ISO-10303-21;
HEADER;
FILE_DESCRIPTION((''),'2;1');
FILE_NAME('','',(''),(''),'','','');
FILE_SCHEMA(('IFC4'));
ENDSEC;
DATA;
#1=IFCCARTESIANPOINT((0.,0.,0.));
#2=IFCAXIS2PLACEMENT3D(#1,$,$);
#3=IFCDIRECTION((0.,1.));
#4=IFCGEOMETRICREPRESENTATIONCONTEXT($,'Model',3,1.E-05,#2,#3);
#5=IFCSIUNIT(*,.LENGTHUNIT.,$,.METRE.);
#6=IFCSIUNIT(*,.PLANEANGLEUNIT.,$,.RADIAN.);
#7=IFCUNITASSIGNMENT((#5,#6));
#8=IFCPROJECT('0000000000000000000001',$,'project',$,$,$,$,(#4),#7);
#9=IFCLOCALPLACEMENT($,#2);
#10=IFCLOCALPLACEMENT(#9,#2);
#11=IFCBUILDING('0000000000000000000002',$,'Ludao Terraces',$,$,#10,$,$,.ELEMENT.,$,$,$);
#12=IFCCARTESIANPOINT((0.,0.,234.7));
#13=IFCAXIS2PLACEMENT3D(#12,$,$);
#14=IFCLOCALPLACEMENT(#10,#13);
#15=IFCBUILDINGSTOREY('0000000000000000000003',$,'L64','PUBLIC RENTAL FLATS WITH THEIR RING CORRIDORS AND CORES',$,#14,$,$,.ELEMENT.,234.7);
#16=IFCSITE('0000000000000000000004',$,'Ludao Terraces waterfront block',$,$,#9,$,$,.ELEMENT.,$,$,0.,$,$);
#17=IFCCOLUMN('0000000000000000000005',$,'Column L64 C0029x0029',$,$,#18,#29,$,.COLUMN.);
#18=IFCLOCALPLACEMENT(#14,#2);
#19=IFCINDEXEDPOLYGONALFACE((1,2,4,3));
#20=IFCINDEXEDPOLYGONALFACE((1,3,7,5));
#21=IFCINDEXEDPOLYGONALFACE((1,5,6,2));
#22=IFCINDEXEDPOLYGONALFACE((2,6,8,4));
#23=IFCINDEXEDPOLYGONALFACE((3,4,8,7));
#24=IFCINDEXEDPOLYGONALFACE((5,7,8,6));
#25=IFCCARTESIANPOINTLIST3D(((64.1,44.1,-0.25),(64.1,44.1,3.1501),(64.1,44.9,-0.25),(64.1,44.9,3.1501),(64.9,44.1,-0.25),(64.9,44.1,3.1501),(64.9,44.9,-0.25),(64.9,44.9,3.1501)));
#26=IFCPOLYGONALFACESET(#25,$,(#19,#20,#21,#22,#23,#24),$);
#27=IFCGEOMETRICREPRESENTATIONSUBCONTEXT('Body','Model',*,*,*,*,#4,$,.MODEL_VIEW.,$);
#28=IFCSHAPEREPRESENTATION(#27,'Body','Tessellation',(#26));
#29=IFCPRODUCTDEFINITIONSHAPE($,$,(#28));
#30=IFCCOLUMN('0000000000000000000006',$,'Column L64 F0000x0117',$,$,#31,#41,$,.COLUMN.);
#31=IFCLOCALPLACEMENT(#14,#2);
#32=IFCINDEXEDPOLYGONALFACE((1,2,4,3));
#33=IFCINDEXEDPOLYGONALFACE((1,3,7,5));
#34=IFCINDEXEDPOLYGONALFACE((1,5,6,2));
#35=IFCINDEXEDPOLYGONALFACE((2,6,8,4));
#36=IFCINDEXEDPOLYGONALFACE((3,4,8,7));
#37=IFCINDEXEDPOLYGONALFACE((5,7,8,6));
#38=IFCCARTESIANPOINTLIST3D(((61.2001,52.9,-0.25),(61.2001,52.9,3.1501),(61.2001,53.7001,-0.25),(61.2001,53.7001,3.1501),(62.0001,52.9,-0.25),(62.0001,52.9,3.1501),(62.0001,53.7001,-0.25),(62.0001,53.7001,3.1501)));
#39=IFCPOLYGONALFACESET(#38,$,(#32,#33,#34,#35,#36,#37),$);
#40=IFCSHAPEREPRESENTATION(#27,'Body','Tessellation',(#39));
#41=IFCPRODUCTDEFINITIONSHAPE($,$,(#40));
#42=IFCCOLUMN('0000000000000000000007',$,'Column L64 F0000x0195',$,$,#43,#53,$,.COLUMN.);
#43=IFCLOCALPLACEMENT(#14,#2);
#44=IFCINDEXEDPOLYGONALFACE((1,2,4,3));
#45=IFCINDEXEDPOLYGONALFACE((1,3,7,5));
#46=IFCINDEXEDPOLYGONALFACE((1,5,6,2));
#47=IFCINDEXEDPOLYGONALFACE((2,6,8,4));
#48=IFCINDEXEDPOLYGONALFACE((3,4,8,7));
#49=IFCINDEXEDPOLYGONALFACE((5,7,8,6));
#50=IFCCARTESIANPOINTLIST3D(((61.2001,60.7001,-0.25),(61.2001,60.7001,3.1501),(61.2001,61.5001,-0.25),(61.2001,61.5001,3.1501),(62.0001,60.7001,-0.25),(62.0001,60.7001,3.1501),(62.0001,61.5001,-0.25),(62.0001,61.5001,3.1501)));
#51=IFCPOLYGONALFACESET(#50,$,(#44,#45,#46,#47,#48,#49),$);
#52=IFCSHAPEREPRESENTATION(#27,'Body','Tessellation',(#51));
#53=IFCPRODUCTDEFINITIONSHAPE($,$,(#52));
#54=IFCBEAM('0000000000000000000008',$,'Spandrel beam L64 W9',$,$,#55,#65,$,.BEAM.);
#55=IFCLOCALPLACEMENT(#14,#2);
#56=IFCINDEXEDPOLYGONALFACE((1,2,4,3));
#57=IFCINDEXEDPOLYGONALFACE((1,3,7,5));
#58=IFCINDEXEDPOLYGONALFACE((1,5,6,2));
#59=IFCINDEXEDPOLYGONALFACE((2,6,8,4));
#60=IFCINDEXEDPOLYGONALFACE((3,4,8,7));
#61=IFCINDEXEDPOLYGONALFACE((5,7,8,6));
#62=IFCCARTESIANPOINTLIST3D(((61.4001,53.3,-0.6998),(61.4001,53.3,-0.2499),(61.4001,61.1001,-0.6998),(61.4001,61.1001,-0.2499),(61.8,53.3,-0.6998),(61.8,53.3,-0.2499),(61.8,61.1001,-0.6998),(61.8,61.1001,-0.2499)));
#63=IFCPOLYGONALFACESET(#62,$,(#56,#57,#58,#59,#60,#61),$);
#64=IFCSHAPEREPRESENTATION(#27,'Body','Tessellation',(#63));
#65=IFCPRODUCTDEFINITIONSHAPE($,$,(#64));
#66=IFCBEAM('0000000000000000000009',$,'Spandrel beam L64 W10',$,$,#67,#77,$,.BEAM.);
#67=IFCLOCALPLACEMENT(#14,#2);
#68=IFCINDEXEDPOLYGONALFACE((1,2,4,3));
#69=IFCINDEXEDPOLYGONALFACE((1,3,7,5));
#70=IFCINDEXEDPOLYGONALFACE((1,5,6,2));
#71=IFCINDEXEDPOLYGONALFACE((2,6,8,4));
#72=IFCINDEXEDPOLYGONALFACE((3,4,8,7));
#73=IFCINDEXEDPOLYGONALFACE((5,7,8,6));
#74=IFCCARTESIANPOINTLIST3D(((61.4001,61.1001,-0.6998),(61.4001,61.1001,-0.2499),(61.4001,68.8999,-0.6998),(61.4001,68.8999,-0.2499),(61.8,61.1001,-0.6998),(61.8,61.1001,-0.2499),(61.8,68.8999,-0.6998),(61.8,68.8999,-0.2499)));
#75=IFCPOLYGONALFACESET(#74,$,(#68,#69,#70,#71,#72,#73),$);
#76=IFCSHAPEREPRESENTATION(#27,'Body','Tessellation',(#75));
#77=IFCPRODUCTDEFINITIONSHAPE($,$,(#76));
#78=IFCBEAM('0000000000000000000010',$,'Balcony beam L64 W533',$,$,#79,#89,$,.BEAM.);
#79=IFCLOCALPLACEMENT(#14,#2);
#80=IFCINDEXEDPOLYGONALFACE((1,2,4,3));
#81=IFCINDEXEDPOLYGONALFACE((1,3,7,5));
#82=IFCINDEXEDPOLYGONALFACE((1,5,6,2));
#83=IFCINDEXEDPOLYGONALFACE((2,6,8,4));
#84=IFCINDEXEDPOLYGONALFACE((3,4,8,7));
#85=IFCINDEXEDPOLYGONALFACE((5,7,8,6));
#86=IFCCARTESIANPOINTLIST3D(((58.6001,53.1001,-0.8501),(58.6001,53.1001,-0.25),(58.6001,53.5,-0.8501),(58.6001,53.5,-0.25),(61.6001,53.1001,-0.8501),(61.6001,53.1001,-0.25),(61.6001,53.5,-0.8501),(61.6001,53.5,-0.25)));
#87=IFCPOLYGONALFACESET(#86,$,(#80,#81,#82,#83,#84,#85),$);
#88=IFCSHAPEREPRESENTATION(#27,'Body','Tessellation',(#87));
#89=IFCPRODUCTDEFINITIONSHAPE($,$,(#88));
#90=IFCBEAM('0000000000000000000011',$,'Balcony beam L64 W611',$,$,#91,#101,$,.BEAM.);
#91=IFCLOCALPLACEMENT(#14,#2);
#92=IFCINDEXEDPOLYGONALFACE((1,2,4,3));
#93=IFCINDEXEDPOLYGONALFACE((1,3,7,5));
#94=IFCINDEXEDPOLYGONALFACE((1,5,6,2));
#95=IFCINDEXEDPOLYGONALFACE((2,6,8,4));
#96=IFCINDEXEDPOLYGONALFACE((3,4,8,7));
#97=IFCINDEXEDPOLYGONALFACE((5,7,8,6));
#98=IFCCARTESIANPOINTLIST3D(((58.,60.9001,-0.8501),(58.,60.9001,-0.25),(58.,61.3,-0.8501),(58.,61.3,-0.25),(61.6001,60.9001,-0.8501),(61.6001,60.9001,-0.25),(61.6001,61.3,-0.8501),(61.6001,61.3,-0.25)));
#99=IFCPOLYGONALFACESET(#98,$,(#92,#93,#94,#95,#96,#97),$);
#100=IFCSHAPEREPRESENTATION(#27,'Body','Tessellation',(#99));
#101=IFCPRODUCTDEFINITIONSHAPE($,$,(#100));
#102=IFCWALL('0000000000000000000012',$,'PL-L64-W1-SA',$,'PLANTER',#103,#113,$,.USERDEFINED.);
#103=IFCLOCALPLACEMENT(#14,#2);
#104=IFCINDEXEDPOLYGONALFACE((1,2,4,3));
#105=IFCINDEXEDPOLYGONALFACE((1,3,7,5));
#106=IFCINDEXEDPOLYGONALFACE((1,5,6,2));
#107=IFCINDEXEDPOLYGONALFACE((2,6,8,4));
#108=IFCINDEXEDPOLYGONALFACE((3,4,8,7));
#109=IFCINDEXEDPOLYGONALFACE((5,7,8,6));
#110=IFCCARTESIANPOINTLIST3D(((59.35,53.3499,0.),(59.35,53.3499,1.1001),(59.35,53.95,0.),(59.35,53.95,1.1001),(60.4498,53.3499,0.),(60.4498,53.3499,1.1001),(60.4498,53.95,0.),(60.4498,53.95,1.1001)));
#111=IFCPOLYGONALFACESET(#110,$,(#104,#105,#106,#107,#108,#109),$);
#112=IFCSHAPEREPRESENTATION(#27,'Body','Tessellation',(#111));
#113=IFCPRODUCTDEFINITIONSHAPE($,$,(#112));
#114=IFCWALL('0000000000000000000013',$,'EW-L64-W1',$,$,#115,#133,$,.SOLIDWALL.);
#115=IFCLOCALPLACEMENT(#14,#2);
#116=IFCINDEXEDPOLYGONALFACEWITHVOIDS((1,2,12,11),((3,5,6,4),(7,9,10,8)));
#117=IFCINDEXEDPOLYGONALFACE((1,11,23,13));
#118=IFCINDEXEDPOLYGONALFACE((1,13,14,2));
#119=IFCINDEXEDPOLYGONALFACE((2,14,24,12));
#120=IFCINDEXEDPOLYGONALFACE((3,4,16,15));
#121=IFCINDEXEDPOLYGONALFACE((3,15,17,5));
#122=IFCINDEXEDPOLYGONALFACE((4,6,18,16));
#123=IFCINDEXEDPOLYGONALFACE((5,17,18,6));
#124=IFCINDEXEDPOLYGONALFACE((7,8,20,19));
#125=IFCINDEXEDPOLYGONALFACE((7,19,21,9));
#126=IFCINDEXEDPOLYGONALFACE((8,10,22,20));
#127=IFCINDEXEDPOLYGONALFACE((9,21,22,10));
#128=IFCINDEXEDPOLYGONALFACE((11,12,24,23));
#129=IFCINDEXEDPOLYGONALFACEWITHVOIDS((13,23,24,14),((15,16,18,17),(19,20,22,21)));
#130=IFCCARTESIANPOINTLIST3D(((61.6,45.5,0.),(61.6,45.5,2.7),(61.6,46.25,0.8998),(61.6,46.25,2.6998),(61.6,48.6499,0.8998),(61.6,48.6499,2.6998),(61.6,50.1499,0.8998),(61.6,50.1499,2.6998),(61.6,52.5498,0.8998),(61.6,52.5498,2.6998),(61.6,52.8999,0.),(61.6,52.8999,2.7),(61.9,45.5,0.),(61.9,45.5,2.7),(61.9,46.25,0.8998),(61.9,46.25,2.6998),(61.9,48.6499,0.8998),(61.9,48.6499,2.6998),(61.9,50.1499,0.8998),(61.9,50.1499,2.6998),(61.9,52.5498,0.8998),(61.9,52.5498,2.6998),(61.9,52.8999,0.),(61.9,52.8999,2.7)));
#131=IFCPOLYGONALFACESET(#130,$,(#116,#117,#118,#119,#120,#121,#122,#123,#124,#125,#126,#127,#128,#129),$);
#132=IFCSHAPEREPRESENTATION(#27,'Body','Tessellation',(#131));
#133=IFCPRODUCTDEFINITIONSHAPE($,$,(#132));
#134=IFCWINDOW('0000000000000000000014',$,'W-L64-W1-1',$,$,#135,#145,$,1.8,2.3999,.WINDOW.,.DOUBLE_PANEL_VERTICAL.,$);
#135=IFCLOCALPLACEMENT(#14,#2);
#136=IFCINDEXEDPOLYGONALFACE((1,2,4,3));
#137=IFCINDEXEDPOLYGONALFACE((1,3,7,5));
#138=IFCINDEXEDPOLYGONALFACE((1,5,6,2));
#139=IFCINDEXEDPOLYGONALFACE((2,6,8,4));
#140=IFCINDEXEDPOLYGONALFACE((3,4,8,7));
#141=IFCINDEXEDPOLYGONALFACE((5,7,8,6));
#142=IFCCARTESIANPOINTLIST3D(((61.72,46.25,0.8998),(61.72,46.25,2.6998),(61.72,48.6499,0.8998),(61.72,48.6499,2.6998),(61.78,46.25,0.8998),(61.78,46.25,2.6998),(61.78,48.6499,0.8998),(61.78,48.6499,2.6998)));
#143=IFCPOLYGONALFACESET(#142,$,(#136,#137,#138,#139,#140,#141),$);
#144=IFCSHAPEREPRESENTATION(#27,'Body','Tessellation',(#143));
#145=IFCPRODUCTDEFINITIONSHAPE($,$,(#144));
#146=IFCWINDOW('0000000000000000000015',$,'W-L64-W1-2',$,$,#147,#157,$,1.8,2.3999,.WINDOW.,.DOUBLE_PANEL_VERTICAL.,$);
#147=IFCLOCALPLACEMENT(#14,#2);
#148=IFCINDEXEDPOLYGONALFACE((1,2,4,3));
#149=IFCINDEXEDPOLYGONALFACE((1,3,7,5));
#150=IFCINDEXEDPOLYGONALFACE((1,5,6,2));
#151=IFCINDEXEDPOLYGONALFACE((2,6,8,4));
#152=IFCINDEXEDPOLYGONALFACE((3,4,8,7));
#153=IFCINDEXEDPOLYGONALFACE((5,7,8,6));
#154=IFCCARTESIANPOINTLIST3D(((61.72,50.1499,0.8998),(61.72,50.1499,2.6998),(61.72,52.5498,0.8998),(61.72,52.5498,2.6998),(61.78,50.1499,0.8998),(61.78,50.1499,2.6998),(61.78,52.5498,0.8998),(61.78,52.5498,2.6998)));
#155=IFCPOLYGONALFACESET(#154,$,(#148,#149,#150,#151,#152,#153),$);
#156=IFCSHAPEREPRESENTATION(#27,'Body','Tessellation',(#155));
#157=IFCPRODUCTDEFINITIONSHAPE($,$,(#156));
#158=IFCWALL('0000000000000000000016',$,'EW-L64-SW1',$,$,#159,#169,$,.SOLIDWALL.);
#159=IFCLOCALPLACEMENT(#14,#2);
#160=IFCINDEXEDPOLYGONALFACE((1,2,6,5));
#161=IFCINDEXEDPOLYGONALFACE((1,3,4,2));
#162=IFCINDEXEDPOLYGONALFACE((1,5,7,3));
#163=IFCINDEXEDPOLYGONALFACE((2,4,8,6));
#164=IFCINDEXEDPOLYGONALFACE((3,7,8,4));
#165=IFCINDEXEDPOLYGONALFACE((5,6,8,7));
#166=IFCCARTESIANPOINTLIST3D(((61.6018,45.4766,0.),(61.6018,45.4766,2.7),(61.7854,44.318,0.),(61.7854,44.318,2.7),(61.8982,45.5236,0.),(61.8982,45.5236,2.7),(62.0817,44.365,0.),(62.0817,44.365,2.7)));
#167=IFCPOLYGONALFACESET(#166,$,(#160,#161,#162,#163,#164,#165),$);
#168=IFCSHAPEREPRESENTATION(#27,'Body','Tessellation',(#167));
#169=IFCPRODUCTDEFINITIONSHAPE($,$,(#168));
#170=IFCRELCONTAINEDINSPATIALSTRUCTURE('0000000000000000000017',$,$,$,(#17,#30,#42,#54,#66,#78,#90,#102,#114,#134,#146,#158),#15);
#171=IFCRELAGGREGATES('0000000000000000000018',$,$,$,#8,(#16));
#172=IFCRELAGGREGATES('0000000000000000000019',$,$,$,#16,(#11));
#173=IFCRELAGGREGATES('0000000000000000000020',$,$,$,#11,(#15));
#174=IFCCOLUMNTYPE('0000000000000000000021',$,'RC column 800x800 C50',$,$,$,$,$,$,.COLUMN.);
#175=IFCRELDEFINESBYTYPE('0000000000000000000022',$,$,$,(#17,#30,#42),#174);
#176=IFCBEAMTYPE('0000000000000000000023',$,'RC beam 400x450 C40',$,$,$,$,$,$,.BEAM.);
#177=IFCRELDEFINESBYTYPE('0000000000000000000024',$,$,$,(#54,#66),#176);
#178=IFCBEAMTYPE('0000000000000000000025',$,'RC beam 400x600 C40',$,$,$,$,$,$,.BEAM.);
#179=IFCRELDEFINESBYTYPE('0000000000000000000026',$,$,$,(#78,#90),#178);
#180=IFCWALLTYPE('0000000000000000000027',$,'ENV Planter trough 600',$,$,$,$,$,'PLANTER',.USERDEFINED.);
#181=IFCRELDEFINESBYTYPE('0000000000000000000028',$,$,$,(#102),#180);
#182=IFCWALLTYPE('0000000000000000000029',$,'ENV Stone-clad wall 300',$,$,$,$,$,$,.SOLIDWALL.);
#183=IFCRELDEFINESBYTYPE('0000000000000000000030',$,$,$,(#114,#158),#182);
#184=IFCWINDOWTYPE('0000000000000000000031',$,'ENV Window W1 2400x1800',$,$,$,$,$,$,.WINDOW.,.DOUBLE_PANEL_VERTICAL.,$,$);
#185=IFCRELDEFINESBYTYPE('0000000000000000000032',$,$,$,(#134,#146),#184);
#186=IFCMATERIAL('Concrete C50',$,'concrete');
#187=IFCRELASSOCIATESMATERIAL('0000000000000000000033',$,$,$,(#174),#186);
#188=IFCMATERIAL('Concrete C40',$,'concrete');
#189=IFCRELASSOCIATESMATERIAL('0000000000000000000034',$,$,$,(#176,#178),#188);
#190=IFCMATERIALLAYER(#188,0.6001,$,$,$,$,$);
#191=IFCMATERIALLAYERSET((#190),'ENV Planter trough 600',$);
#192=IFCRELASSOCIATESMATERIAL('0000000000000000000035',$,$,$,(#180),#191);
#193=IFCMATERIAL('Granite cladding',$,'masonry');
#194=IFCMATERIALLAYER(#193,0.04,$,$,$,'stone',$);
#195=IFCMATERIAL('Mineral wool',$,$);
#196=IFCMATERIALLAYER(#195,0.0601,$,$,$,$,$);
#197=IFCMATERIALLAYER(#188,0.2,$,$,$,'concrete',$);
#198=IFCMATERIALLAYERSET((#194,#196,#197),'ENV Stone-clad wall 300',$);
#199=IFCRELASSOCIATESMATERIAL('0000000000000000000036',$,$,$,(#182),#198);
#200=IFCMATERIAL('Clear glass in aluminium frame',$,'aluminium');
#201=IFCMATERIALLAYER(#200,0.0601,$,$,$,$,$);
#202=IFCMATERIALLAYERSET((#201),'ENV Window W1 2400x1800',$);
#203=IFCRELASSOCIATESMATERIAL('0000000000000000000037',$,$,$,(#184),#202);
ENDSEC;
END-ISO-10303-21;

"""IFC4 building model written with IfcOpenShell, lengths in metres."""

from ifc_helpers import new_model, si_unit, direction, frame, frame_2d, origin, origin_2d, place, context, subcontext, project, spatial, rectangle, extrude, material, layer, layer_set, material_profile, profile_set, type_object, element, fill, save


model = new_model("IFC4")

# Units and contexts
model_context = context("Model", 3, precision=1e-05, world=origin(), true_north=direction((0.0, 1.0)))
body_context = subcontext(model_context, "Body", "Model", "MODEL_VIEW")
ifc_project = project(units=[si_unit("LENGTHUNIT", "METRE"), si_unit("PLANEANGLEUNIT", "RADIAN")], contexts=[model_context])

# Site, building, storey
site_placement = place(None, origin())
site = spatial("IfcSite", under=ifc_project, at=site_placement, Name="Ludao Terraces waterfront block", CompositionType="ELEMENT", RefElevation=0.0)
building_placement = place(site_placement, origin())
building = spatial("IfcBuilding", under=site, at=building_placement, Name="Ludao Terraces", CompositionType="ELEMENT")
storey_placement = place(building_placement, frame((0.0, 0.0, 234.7)))
storey = spatial("IfcBuildingStorey", under=building, at=storey_placement, Name="L64", Description="PUBLIC RENTAL FLATS WITH THEIR RING CORRIDORS AND CORES", CompositionType="ELEMENT", Elevation=234.7)

# Columns
ifc_material_1 = material(Name="Concrete C50", Category="concrete")
ifc_material_profile_1 = material_profile(ifc_material_1, rectangle(XDim=0.8, YDim=0.8, at=origin_2d()), Name="800 X 800")
ifc_profile_set_1 = profile_set([ifc_material_profile_1], Name="Concrete C50")
column_type = type_object("IfcColumnType", Name="RC column 800x800 C50", PredefinedType="COLUMN", material=ifc_profile_set_1)
for number, where, z_axis, x_axis, name in (
    (1, (64.5, 44.5, -0.25), (0.0, 0.0, 1.0), (1.0, 0.0, 0.0), "Column L64 C0029x0029"),
    (2, (61.6001, 53.3, -0.25), (0.0, 0.0, 1.0), (1.0, 0.0, 0.0), "Column L64 F0000x0117"),
    (3, (61.6001, 61.1001, -0.25), (0.0, 0.0, 1.0), (1.0, 0.0, 0.0), "Column L64 F0000x0195"),
):
    element("IfcColumn", number, at=place(storey_placement, frame(where, z_axis=z_axis, x_axis=x_axis)), inside=storey, type_object=column_type, Name=name, PredefinedType="COLUMN", context=body_context, shape_type="SweptSolid", body=[
        extrude(rectangle(XDim=0.8, YDim=0.8, at=origin_2d()), origin(), (0.0, 0.0, 1.0), 3.4001),
    ])

# Beams
ifc_material_2 = material(Name="Concrete C40", Category="concrete")
ifc_material_profile_2 = material_profile(ifc_material_2, rectangle(XDim=0.3999, YDim=0.45, at=origin_2d()), Name="400 X 450")
ifc_profile_set_2 = profile_set([ifc_material_profile_2], Name="Concrete C40")
beam_type_1 = type_object("IfcBeamType", Name="RC beam 400x450 C40", PredefinedType="BEAM", material=ifc_profile_set_2)
beam_1_placement = place(storey_placement, frame((61.6001, 53.3, -0.4749), z_axis=(0.0, 1.0, 0.0), x_axis=(-1.0, 0.0, 0.0)))
element("IfcBeam", 4, at=beam_1_placement, inside=storey, type_object=beam_type_1, Name="Spandrel beam L64 W9", PredefinedType="BEAM", context=body_context, shape_type="SweptSolid", body=[
    extrude(rectangle(XDim=0.3999, YDim=0.45, at=origin_2d()), origin(), (0.0, 0.0, 1.0), 7.8),
])
beam_2_placement = place(storey_placement, frame((61.6001, 61.1001, -0.4749), z_axis=(0.0, 1.0, 0.0), x_axis=(-1.0, 0.0, 0.0)))
element("IfcBeam", 5, at=beam_2_placement, inside=storey, type_object=beam_type_1, Name="Spandrel beam L64 W10", PredefinedType="BEAM", context=body_context, shape_type="SweptSolid", body=[
    extrude(rectangle(XDim=0.3999, YDim=0.45, at=origin_2d()), origin(), (0.0, 0.0, 1.0), 7.7998),
])
ifc_material_profile_3 = material_profile(ifc_material_2, rectangle(XDim=0.3999, YDim=0.6001, at=origin_2d()), Name="400 X 600")
ifc_profile_set_3 = profile_set([ifc_material_profile_3], Name="Concrete C40")
beam_type_2 = type_object("IfcBeamType", Name="RC beam 400x600 C40", PredefinedType="BEAM", material=ifc_profile_set_3)
beam_3_placement = place(storey_placement, frame((61.6001, 53.3, -0.55), z_axis=(-1.0, 0.0, 0.0), x_axis=(0.0, -1.0, 0.0)))
element("IfcBeam", 6, at=beam_3_placement, inside=storey, type_object=beam_type_2, Name="Balcony beam L64 W533", PredefinedType="BEAM", context=body_context, shape_type="SweptSolid", body=[
    extrude(rectangle(XDim=0.3999, YDim=0.6001, at=origin_2d()), origin(), (0.0, 0.0, 1.0), 3.0),
])
beam_4_placement = place(storey_placement, frame((61.6001, 61.1001, -0.55), z_axis=(-1.0, 0.0, 0.0), x_axis=(0.0, -1.0, 0.0)))
element("IfcBeam", 7, at=beam_4_placement, inside=storey, type_object=beam_type_2, Name="Balcony beam L64 W611", PredefinedType="BEAM", context=body_context, shape_type="SweptSolid", body=[
    extrude(rectangle(XDim=0.3999, YDim=0.6001, at=origin_2d()), origin(), (0.0, 0.0, 1.0), 3.6001),
])

# Wall
ifc_layer_1 = layer(ifc_material_2, 0.6001)
ifc_layer_set_1 = layer_set([ifc_layer_1], Name="ENV Planter trough 600")
wall_type_1 = type_object("IfcWallType", Name="ENV Planter trough 600", ElementType="PLANTER", PredefinedType="USERDEFINED", material=ifc_layer_set_1)
wall_1_placement = place(storey_placement, frame((59.3501, 53.6499, 0.0), z_axis=(0.0, 0.0, 1.0), x_axis=(1.0, 0.0, 0.0)))
element("IfcWall", 8, at=wall_1_placement, inside=storey, type_object=wall_type_1, Name="PL-L64-W1-SA", ObjectType="PLANTER", PredefinedType="USERDEFINED", context=body_context, shape_type="SweptSolid", body=[
    extrude(rectangle(XDim=1.0999, YDim=0.6001, at=frame_2d((0.5498, 0.0))), origin(), (0.0, 0.0, 1.0), 1.1001),
])

# Wall, openings, windows
ifc_material_3 = material(Name="Granite cladding", Category="masonry")
ifc_layer_2 = layer(ifc_material_3, 0.04, Category="stone")
ifc_material_4 = material(Name="Mineral wool")
ifc_layer_3 = layer(ifc_material_4, 0.0601)
ifc_layer_4 = layer(ifc_material_2, 0.2, Category="concrete")
ifc_layer_set_2 = layer_set([ifc_layer_2, ifc_layer_3, ifc_layer_4], Name="ENV Stone-clad wall 300")
wall_type_2 = type_object("IfcWallType", Name="ENV Stone-clad wall 300", PredefinedType="SOLIDWALL", material=ifc_layer_set_2)
wall_2_placement = place(storey_placement, frame((61.75, 45.5, 0.0), z_axis=(0.0, 0.0, 1.0), x_axis=(0.0, 1.0, 0.0)))
wall_2 = element("IfcWall", 9, at=wall_2_placement, inside=storey, type_object=wall_type_2, Name="EW-L64-W1", PredefinedType="SOLIDWALL", context=body_context, shape_type="SweptSolid", body=[
    extrude(rectangle(XDim=7.3999, YDim=0.3, at=frame_2d((3.7, 0.0))), origin(), (0.0, 0.0, 1.0), 2.7),
])
opening_1_placement = place(wall_2_placement, frame((0.75, 0.0, 0.8999)))
opening_1 = element("IfcOpeningElement", 10, at=opening_1_placement, cuts=wall_2, PredefinedType="OPENING", context=body_context, shape_type="SweptSolid", body=[
    extrude(rectangle(XDim=2.3999, YDim=1.8, at=frame_2d((1.2, 0.8999))), frame((0.0, 0.1602, 0.0), z_axis=(0.0, -1.0, 0.0), x_axis=(1.0, 0.0, 0.0)), (0.0, 0.0, 1.0), 0.3201),
])
opening_2_placement = place(wall_2_placement, frame((4.6499, 0.0, 0.8999)))
opening_2 = element("IfcOpeningElement", 11, at=opening_2_placement, cuts=wall_2, PredefinedType="OPENING", context=body_context, shape_type="SweptSolid", body=[
    extrude(rectangle(XDim=2.3999, YDim=1.8, at=frame_2d((1.2, 0.8999))), frame((0.0, 0.1602, 0.0), z_axis=(0.0, -1.0, 0.0), x_axis=(1.0, 0.0, 0.0)), (0.0, 0.0, 1.0), 0.3201),
])
ifc_material_5 = material(Name="Clear glass in aluminium frame", Category="aluminium")
ifc_layer_5 = layer(ifc_material_5, 0.0601)
ifc_layer_set_3 = layer_set([ifc_layer_5], Name="ENV Window W1 2400x1800")
window_type_1 = type_object("IfcWindowType", Name="ENV Window W1 2400x1800", PartitioningType="DOUBLE_PANEL_VERTICAL", PredefinedType="WINDOW", material=ifc_layer_set_3)
window_1_placement = place(opening_1_placement, origin())
window_1 = element("IfcWindow", 12, at=window_1_placement, inside=storey, type_object=window_type_1, Name="W-L64-W1-1", OverallHeight=1.8, OverallWidth=2.3999, PartitioningType="DOUBLE_PANEL_VERTICAL", PredefinedType="WINDOW", context=body_context, shape_type="SweptSolid", body=[
    extrude(rectangle(XDim=2.3999, YDim=1.8, at=frame_2d((1.2, 0.8999))), frame((0.0, 0.03, 0.0), z_axis=(0.0, -1.0, 0.0), x_axis=(1.0, 0.0, 0.0)), (0.0, 0.0, 1.0), 0.0601),
])
fill(opening_1, window_1)
window_2_placement = place(opening_2_placement, origin())
window_2 = element("IfcWindow", 13, at=window_2_placement, inside=storey, type_object=window_type_1, Name="W-L64-W1-2", OverallHeight=1.8, OverallWidth=2.3999, PartitioningType="DOUBLE_PANEL_VERTICAL", PredefinedType="WINDOW", context=body_context, shape_type="SweptSolid", body=[
    extrude(rectangle(XDim=2.3999, YDim=1.8, at=frame_2d((1.2, 0.8999))), frame((0.0, 0.03, 0.0), z_axis=(0.0, -1.0, 0.0), x_axis=(1.0, 0.0, 0.0)), (0.0, 0.0, 1.0), 0.0601),
])
fill(opening_2, window_2)

# Wall
wall_3_placement = place(storey_placement, frame((61.75, 45.5, 0.0), z_axis=(0.0, 0.0, 1.0), x_axis=(0.156497, -0.987678, 0.0)))
element("IfcWall", 14, at=wall_3_placement, inside=storey, type_object=wall_type_2, Name="EW-L64-SW1", PredefinedType="SOLIDWALL", context=body_context, shape_type="SweptSolid", body=[
    extrude(rectangle(XDim=1.1731, YDim=0.3, at=frame_2d((0.5864, 0.0))), origin(), (0.0, 0.0, 1.0), 2.7),
])

save(model, "model.ifc")
